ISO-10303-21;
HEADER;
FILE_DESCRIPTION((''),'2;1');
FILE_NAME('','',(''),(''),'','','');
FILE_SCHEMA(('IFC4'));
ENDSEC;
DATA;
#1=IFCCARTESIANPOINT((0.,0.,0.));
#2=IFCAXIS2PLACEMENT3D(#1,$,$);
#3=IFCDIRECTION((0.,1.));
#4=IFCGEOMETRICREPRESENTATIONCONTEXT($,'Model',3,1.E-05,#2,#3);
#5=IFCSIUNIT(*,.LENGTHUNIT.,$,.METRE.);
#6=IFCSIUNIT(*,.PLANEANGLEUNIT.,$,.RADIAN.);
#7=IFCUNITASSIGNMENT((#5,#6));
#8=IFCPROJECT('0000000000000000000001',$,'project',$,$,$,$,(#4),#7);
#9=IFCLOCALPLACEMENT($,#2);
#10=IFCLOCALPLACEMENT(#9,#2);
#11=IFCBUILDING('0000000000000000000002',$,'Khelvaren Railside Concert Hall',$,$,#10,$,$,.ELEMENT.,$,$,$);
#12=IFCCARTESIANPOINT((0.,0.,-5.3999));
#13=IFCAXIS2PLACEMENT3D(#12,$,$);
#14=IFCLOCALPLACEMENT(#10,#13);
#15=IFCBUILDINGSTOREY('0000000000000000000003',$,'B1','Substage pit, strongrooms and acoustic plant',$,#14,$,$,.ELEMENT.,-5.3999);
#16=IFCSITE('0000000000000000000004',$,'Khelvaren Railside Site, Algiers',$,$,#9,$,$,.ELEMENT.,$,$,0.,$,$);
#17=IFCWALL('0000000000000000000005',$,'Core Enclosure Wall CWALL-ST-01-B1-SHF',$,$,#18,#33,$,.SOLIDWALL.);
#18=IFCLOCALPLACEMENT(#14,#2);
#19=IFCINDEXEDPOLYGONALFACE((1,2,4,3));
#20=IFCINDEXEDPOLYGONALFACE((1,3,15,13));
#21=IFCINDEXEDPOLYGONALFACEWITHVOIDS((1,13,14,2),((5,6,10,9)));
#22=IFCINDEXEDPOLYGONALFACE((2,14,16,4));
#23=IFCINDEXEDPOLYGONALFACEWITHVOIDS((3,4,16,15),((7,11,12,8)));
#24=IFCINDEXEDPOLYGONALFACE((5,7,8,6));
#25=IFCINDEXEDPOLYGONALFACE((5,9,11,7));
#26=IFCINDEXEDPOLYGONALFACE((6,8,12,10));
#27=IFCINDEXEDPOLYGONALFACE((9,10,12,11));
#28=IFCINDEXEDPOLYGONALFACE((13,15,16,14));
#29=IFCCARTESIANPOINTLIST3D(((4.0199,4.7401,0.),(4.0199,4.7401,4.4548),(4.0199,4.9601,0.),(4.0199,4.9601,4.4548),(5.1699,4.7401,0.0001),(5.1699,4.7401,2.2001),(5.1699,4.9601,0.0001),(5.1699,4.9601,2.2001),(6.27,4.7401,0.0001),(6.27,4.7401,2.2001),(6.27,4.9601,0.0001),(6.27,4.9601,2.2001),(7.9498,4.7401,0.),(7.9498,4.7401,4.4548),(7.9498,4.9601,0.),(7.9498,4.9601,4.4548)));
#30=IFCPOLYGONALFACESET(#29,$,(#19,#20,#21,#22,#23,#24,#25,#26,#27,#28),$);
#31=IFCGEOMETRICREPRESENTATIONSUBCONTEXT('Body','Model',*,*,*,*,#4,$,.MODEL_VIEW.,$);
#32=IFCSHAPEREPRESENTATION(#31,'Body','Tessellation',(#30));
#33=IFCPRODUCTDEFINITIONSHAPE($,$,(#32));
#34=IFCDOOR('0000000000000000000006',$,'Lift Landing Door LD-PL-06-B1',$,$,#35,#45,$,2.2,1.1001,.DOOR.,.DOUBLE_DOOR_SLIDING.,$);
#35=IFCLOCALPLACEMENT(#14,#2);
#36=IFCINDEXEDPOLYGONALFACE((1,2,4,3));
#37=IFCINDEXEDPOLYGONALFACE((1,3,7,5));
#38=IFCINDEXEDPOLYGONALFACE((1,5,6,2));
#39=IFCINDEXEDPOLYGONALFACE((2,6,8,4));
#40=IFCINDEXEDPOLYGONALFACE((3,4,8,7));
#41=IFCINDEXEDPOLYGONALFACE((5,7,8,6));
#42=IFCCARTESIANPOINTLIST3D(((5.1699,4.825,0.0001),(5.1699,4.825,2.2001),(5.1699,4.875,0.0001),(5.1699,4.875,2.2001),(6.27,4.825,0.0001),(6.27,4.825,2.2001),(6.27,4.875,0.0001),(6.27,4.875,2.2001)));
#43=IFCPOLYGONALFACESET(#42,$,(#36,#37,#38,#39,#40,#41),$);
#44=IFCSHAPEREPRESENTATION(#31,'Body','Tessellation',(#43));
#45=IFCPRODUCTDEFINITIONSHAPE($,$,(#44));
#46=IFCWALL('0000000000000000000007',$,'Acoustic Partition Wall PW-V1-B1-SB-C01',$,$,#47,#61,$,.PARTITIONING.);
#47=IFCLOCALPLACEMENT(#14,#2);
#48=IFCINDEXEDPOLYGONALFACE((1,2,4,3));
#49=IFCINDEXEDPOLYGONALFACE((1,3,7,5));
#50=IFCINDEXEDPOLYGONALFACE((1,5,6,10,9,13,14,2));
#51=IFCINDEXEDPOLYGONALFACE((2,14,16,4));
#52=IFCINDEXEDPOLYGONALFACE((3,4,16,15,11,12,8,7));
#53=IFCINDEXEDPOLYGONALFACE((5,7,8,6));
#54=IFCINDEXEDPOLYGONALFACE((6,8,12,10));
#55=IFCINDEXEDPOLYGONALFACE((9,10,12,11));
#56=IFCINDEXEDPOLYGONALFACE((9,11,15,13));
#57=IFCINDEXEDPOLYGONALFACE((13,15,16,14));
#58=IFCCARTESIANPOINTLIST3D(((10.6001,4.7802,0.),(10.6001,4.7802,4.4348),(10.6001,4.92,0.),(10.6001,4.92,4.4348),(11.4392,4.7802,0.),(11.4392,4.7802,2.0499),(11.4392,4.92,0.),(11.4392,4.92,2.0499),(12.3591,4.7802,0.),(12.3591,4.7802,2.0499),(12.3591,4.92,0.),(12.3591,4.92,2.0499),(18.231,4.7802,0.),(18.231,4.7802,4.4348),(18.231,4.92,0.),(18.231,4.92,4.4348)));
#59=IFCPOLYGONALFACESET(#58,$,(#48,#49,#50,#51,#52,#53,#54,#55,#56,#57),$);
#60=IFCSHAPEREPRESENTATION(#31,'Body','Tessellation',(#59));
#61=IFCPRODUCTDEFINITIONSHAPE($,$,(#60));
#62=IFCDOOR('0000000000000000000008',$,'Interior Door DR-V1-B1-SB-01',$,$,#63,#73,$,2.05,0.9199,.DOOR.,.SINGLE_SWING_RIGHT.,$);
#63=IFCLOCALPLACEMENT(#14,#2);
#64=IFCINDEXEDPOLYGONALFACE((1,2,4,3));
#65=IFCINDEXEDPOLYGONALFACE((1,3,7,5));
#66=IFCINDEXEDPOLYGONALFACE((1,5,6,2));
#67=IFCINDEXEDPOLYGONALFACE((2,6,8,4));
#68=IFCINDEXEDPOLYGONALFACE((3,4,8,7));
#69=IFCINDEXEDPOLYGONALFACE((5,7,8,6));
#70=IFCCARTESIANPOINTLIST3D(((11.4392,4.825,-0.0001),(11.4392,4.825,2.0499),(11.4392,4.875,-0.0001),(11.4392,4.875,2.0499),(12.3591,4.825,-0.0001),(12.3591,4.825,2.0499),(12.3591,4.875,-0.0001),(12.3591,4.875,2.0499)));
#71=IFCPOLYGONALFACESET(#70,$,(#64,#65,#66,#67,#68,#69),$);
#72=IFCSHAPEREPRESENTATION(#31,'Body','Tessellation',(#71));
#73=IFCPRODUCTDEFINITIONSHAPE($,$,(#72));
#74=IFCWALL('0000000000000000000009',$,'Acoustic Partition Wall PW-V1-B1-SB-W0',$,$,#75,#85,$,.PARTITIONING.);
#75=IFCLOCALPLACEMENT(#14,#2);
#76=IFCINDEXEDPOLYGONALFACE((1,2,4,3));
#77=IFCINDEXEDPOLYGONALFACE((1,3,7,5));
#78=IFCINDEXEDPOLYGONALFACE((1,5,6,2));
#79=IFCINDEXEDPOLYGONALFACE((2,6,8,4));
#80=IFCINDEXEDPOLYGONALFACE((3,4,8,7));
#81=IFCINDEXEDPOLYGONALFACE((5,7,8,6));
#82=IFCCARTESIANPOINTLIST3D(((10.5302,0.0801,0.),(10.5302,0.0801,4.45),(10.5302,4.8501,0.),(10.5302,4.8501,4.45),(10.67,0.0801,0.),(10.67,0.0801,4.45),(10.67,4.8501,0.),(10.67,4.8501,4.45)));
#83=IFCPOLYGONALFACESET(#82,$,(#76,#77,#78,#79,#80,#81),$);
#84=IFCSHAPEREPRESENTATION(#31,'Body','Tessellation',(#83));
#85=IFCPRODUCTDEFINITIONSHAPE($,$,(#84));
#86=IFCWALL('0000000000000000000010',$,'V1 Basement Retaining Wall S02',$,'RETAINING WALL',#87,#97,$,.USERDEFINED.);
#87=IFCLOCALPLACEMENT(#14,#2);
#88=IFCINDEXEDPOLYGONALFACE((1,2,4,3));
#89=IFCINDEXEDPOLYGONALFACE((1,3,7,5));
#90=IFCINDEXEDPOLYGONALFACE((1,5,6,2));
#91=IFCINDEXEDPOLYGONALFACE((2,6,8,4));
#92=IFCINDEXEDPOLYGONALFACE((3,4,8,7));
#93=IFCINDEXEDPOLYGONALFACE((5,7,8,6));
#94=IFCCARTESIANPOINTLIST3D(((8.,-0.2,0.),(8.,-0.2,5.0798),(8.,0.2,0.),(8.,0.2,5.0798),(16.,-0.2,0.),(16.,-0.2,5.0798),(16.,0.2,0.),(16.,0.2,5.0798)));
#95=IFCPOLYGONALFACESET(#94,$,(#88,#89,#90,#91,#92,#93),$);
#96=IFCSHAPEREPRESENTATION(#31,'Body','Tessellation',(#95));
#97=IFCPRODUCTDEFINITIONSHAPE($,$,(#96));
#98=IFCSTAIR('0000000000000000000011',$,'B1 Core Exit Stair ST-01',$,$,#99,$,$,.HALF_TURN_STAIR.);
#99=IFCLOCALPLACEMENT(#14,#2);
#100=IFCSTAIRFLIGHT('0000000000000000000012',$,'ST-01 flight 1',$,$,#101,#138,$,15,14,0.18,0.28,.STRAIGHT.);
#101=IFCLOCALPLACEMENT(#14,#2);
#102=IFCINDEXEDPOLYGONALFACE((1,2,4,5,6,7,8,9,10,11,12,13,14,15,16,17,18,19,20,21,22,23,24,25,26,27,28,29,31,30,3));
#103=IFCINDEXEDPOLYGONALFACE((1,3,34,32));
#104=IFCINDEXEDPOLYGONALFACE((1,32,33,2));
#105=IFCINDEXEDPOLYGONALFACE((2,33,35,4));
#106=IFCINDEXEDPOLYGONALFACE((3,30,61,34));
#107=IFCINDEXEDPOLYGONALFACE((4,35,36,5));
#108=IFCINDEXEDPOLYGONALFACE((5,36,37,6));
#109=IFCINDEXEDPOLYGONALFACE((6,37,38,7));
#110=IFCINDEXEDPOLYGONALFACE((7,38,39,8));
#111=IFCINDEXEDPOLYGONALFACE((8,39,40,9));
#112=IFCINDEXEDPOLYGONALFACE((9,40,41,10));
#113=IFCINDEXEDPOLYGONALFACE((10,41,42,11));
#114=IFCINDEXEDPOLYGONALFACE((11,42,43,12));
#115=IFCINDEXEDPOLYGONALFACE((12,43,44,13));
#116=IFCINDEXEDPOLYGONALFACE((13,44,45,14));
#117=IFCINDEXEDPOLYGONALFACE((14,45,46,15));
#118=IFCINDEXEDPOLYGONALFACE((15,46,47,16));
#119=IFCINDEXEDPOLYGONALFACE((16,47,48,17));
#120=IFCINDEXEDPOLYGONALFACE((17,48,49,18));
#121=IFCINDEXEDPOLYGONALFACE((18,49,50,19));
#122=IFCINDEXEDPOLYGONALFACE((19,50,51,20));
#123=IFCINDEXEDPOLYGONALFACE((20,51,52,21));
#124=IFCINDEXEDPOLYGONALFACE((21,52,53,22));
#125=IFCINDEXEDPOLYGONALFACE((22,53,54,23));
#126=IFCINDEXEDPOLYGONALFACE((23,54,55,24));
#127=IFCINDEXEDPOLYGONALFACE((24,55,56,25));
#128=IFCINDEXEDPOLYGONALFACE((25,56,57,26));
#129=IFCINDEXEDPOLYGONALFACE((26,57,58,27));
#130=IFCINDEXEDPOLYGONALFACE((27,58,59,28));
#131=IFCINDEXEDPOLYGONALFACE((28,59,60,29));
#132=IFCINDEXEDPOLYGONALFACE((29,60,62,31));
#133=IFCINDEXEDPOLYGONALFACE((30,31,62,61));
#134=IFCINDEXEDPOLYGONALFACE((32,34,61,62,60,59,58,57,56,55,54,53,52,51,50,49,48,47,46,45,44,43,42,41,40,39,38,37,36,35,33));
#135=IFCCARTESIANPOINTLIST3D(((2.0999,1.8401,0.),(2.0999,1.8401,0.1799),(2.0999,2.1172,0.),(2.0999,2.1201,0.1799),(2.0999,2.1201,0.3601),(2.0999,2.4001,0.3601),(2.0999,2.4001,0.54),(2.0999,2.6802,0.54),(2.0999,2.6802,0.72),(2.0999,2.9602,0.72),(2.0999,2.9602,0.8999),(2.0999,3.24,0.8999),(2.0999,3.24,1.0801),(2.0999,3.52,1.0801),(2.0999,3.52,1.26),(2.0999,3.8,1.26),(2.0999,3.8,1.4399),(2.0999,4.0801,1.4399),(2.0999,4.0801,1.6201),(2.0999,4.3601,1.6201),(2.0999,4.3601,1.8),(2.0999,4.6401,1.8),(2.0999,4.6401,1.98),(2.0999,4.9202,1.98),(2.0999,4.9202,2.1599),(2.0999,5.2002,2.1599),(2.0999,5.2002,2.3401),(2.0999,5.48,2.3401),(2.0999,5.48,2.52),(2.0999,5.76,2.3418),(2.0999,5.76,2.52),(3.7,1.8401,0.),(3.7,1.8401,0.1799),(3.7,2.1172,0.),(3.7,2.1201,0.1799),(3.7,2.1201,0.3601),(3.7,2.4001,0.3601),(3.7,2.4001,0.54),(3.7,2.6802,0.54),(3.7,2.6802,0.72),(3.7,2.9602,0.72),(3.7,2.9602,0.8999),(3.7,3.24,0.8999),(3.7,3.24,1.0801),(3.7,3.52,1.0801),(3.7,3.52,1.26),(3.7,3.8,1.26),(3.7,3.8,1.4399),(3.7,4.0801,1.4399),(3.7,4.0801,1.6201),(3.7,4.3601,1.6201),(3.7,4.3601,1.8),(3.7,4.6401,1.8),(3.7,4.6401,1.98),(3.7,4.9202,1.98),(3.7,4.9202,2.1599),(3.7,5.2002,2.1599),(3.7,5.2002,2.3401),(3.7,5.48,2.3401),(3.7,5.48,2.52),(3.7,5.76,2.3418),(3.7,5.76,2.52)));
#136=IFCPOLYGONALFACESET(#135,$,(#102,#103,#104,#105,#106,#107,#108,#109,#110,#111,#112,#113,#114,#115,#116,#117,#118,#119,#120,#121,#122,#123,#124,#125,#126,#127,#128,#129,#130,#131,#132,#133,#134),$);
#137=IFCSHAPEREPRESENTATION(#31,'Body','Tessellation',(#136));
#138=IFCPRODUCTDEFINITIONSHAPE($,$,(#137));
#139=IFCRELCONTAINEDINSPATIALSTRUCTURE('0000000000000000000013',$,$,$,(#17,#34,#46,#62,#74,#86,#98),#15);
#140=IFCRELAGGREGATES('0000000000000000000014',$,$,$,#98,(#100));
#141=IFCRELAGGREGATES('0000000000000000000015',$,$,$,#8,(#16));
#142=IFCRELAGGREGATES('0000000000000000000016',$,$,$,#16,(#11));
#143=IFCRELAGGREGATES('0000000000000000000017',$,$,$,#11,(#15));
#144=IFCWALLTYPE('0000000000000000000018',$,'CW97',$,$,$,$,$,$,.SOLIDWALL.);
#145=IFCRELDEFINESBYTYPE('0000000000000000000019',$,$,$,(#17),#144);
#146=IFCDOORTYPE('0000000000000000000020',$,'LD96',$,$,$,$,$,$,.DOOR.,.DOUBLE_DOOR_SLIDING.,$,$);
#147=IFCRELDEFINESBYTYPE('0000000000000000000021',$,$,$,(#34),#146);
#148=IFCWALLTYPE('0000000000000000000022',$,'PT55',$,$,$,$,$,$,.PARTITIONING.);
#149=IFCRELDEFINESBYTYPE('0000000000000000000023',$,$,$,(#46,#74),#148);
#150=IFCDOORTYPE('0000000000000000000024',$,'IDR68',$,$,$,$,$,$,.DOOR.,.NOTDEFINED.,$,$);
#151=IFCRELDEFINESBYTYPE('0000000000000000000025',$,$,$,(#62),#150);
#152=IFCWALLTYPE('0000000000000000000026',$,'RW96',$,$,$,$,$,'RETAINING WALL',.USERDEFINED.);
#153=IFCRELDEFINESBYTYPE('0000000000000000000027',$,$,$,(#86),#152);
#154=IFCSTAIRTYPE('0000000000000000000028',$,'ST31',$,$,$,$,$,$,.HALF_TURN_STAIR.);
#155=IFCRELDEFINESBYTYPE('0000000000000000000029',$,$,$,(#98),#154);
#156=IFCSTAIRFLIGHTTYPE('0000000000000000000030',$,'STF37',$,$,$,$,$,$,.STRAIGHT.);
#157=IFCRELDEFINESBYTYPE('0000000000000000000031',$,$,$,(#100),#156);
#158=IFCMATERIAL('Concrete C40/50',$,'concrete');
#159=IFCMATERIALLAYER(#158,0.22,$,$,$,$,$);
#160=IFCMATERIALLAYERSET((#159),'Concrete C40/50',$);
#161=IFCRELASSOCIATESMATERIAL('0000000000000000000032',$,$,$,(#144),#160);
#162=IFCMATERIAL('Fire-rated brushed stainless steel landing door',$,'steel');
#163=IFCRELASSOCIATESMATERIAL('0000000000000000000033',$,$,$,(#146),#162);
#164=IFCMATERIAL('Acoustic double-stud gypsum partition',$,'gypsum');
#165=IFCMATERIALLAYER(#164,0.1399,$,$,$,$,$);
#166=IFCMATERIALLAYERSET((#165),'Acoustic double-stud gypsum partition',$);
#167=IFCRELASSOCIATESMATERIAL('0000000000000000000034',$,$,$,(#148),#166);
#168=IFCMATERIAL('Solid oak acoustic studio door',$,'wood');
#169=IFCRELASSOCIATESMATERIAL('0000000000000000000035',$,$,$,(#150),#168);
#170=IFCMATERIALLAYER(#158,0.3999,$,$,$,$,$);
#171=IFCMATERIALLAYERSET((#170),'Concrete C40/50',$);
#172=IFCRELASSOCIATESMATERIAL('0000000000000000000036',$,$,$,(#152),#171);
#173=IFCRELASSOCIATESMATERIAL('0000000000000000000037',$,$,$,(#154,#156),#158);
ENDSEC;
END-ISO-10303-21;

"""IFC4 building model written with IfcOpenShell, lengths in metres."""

from ifc_helpers import new_model, si_unit, direction, frame, frame_2d, origin, place, context, subcontext, project, spatial, polyline, rectangle, outline, extrude, material, layer, layer_set, type_object, element, fill, aggregate, save


model = new_model("IFC4")

# Units and contexts
model_context = context("Model", 3, precision=1e-05, world=origin(), true_north=direction((0.0, 1.0)))
body_context = subcontext(model_context, "Body", "Model", "MODEL_VIEW")
ifc_project = project(units=[si_unit("LENGTHUNIT", "METRE"), si_unit("PLANEANGLEUNIT", "RADIAN")], contexts=[model_context])

# Site, building, storey
site_placement = place(None, origin())
site = spatial("IfcSite", under=ifc_project, at=site_placement, Name="Khelvaren Railside Site, Algiers", CompositionType="ELEMENT", RefElevation=0.0)
building_placement = place(site_placement, origin())
building = spatial("IfcBuilding", under=site, at=building_placement, Name="Khelvaren Railside Concert Hall", CompositionType="ELEMENT")
storey_placement = place(building_placement, frame((0.0, 0.0, -5.3999)))
storey = spatial("IfcBuildingStorey", under=building, at=storey_placement, Name="B1", Description="Substage pit, strongrooms and acoustic plant", CompositionType="ELEMENT", Elevation=-5.3999)

# Walls, openings, doors
ifc_material_1 = material(Name="Concrete C40/50", Category="concrete")
ifc_layer_1 = layer(ifc_material_1, 0.22)
ifc_layer_set_1 = layer_set([ifc_layer_1], Name="Concrete C40/50")
wall_type_1 = type_object("IfcWallType", Name="CW97", PredefinedType="SOLIDWALL", material=ifc_layer_set_1)
wall_1_placement = place(storey_placement, frame((4.02, 4.8501, 0.0), z_axis=(0.0, 0.0, 1.0), x_axis=(1.0, 0.0, 0.0)))
wall_1 = element("IfcWall", 1, at=wall_1_placement, inside=storey, type_object=wall_type_1, Name="Core Enclosure Wall CWALL-ST-01-B1-SHF", PredefinedType="SOLIDWALL", context=body_context, shape_type="SweptSolid", body=[
    extrude(rectangle(XDim=3.9299, YDim=0.22, at=frame_2d((1.9648, 0.0))), origin(), (0.0, 0.0, 1.0), 4.4548),
])
opening_1_placement = place(wall_1_placement, frame((1.1499, 0.0, 0.0)))
opening_1 = element("IfcOpeningElement", 2, at=opening_1_placement, cuts=wall_1, PredefinedType="OPENING", context=body_context, shape_type="SweptSolid", body=[
    extrude(rectangle(XDim=1.1001, YDim=2.2, at=frame_2d((0.55, 1.1001))), frame((0.0, 0.1199, 0.0), z_axis=(0.0, -1.0, 0.0), x_axis=(1.0, 0.0, 0.0)), (0.0, 0.0, 1.0), 0.24),
])
ifc_material_2 = material(Name="Fire-rated brushed stainless steel landing door", Category="steel")
door_type_1 = type_object("IfcDoorType", Name="LD96", OperationType="DOUBLE_DOOR_SLIDING", PredefinedType="DOOR", material=ifc_material_2)
door_1_placement = place(opening_1_placement, origin())
door_1 = element("IfcDoor", 3, at=door_1_placement, inside=storey, type_object=door_type_1, Name="Lift Landing Door LD-PL-06-B1", OperationType="DOUBLE_DOOR_SLIDING", OverallHeight=2.2, OverallWidth=1.1001, PredefinedType="DOOR", context=body_context, shape_type="SweptSolid", body=[
    extrude(rectangle(XDim=1.1001, YDim=2.2, at=frame_2d((0.55, 1.1001))), frame((0.0, 0.0249, 0.0), z_axis=(0.0, -1.0, 0.0), x_axis=(1.0, 0.0, 0.0)), (0.0, 0.0, 1.0), 0.05),
])
fill(opening_1, door_1)
ifc_material_3 = material(Name="Acoustic double-stud gypsum partition", Category="gypsum")
ifc_layer_2 = layer(ifc_material_3, 0.1399)
ifc_layer_set_2 = layer_set([ifc_layer_2], Name="Acoustic double-stud gypsum partition")
wall_type_2 = type_object("IfcWallType", Name="PT55", PredefinedType="PARTITIONING", material=ifc_layer_set_2)
wall_2_placement = place(storey_placement, frame((10.6001, 4.8501, 0.0), z_axis=(0.0, 0.0, 1.0), x_axis=(1.0, 0.0, 0.0)))
wall_2 = element("IfcWall", 4, at=wall_2_placement, inside=storey, type_object=wall_type_2, Name="Acoustic Partition Wall PW-V1-B1-SB-C01", PredefinedType="PARTITIONING", context=body_context, shape_type="SweptSolid", body=[
    extrude(rectangle(XDim=7.6309, YDim=0.1399, at=frame_2d((3.8154, 0.0))), origin(), (0.0, 0.0, 1.0), 4.4348),
])
opening_2_placement = place(wall_2_placement, frame((0.8391, 0.0, 0.0)))
opening_2 = element("IfcOpeningElement", 5, at=opening_2_placement, cuts=wall_2, PredefinedType="OPENING", context=body_context, shape_type="SweptSolid", body=[
    extrude(rectangle(XDim=0.9199, YDim=2.05, at=frame_2d((0.46, 1.0249))), frame((0.0, 0.0798, 0.0), z_axis=(0.0, -1.0, 0.0), x_axis=(1.0, 0.0, 0.0)), (0.0, 0.0, 1.0), 0.1599),
])
ifc_material_4 = material(Name="Solid oak acoustic studio door", Category="wood")
door_type_2 = type_object("IfcDoorType", Name="IDR68", OperationType="NOTDEFINED", PredefinedType="DOOR", material=ifc_material_4)
door_2_placement = place(opening_2_placement, origin())
door_2 = element("IfcDoor", 6, at=door_2_placement, inside=storey, type_object=door_type_2, Name="Interior Door DR-V1-B1-SB-01", OperationType="SINGLE_SWING_RIGHT", OverallHeight=2.05, OverallWidth=0.9199, PredefinedType="DOOR", context=body_context, shape_type="SweptSolid", body=[
    extrude(rectangle(XDim=0.9199, YDim=2.05, at=frame_2d((0.46, 1.0249))), frame((0.0, 0.0249, 0.0), z_axis=(0.0, -1.0, 0.0), x_axis=(1.0, 0.0, 0.0)), (0.0, 0.0, 1.0), 0.05),
])
fill(opening_2, door_2)

# Walls
wall_3_placement = place(storey_placement, frame((10.6001, 0.0801, 0.0), z_axis=(0.0, 0.0, 1.0), x_axis=(0.0, 1.0, 0.0)))
element("IfcWall", 7, at=wall_3_placement, inside=storey, type_object=wall_type_2, Name="Acoustic Partition Wall PW-V1-B1-SB-W0", PredefinedType="PARTITIONING", context=body_context, shape_type="SweptSolid", body=[
    extrude(rectangle(XDim=4.77, YDim=0.1399, at=frame_2d((2.385, 0.0))), origin(), (0.0, 0.0, 1.0), 4.45),
])
ifc_layer_3 = layer(ifc_material_1, 0.3999)
ifc_layer_set_3 = layer_set([ifc_layer_3], Name="Concrete C40/50")
wall_type_3 = type_object("IfcWallType", Name="RW96", ElementType="RETAINING WALL", PredefinedType="USERDEFINED", material=ifc_layer_set_3)
wall_4_placement = place(storey_placement, frame((8.0, 0.0, 0.0), z_axis=(0.0, 0.0, 1.0), x_axis=(1.0, 0.0, 0.0)))
element("IfcWall", 8, at=wall_4_placement, inside=storey, type_object=wall_type_3, Name="V1 Basement Retaining Wall S02", ObjectType="RETAINING WALL", PredefinedType="USERDEFINED", context=body_context, shape_type="SweptSolid", body=[
    extrude(rectangle(XDim=8.0, YDim=0.3999, at=frame_2d((4.0, 0.0))), origin(), (0.0, 0.0, 1.0), 5.0798),
])

# Stair, stair flight
stair_type = type_object("IfcStairType", Name="ST31", PredefinedType="HALF_TURN_STAIR", material=ifc_material_1)
stair_placement = place(storey_placement, origin())
stair = element("IfcStair", 9, at=stair_placement, inside=storey, type_object=stair_type, Name="B1 Core Exit Stair ST-01", PredefinedType="HALF_TURN_STAIR")
stair_flight_type = type_object("IfcStairFlightType", Name="STF37", PredefinedType="STRAIGHT", material=ifc_material_1)
stair_flight_placement = place(storey_placement, frame((2.8999, 1.8401, 0.0), z_axis=(0.0, 0.0, 1.0), x_axis=(0.0, 1.0, 0.0)))
stair_flight = element("IfcStairFlight", 10, at=stair_flight_placement, type_object=stair_flight_type, Name="ST-01 flight 1", NumberOfRisers=15, NumberOfTreads=14, PredefinedType="STRAIGHT", RiserHeight=0.18, TreadLength=0.28, context=body_context, shape_type="SweptSolid", body=[
    extrude(outline(polyline([(0.0, 0.0), (0.0, 0.1799), (0.28, 0.1799), (0.28, 0.3601), (0.5601, 0.3601), (0.5601, 0.54), (0.8401, 0.54), (0.8401, 0.72), (1.1201, 0.72), (1.1201, 0.8999), (1.3999, 0.8999), (1.3999, 1.0801), (1.6799, 1.0801), (1.6799, 1.26), (1.96, 1.26), (1.96, 1.4399), (2.24, 1.4399), (2.24, 1.6201), (2.52, 1.6201), (2.52, 1.8), (2.8, 1.8), (2.8, 1.98), (3.0801, 1.98), (3.0801, 2.1599), (3.3601, 2.1599), (3.3601, 2.3401), (3.6399, 2.3401), (3.6399, 2.52), (3.9199, 2.52), (3.9199, 2.7), (3.9199, 2.3418), (0.2771, 0.0), (0.0, 0.0)])), frame((0.0, 0.8, 0.0), z_axis=(0.0, -1.0, 0.0), x_axis=(1.0, 0.0, 0.0)), (0.0, 0.0, 1.0), 1.6001),
])
aggregate(stair, [stair_flight])

save(model, "model.ifc")
